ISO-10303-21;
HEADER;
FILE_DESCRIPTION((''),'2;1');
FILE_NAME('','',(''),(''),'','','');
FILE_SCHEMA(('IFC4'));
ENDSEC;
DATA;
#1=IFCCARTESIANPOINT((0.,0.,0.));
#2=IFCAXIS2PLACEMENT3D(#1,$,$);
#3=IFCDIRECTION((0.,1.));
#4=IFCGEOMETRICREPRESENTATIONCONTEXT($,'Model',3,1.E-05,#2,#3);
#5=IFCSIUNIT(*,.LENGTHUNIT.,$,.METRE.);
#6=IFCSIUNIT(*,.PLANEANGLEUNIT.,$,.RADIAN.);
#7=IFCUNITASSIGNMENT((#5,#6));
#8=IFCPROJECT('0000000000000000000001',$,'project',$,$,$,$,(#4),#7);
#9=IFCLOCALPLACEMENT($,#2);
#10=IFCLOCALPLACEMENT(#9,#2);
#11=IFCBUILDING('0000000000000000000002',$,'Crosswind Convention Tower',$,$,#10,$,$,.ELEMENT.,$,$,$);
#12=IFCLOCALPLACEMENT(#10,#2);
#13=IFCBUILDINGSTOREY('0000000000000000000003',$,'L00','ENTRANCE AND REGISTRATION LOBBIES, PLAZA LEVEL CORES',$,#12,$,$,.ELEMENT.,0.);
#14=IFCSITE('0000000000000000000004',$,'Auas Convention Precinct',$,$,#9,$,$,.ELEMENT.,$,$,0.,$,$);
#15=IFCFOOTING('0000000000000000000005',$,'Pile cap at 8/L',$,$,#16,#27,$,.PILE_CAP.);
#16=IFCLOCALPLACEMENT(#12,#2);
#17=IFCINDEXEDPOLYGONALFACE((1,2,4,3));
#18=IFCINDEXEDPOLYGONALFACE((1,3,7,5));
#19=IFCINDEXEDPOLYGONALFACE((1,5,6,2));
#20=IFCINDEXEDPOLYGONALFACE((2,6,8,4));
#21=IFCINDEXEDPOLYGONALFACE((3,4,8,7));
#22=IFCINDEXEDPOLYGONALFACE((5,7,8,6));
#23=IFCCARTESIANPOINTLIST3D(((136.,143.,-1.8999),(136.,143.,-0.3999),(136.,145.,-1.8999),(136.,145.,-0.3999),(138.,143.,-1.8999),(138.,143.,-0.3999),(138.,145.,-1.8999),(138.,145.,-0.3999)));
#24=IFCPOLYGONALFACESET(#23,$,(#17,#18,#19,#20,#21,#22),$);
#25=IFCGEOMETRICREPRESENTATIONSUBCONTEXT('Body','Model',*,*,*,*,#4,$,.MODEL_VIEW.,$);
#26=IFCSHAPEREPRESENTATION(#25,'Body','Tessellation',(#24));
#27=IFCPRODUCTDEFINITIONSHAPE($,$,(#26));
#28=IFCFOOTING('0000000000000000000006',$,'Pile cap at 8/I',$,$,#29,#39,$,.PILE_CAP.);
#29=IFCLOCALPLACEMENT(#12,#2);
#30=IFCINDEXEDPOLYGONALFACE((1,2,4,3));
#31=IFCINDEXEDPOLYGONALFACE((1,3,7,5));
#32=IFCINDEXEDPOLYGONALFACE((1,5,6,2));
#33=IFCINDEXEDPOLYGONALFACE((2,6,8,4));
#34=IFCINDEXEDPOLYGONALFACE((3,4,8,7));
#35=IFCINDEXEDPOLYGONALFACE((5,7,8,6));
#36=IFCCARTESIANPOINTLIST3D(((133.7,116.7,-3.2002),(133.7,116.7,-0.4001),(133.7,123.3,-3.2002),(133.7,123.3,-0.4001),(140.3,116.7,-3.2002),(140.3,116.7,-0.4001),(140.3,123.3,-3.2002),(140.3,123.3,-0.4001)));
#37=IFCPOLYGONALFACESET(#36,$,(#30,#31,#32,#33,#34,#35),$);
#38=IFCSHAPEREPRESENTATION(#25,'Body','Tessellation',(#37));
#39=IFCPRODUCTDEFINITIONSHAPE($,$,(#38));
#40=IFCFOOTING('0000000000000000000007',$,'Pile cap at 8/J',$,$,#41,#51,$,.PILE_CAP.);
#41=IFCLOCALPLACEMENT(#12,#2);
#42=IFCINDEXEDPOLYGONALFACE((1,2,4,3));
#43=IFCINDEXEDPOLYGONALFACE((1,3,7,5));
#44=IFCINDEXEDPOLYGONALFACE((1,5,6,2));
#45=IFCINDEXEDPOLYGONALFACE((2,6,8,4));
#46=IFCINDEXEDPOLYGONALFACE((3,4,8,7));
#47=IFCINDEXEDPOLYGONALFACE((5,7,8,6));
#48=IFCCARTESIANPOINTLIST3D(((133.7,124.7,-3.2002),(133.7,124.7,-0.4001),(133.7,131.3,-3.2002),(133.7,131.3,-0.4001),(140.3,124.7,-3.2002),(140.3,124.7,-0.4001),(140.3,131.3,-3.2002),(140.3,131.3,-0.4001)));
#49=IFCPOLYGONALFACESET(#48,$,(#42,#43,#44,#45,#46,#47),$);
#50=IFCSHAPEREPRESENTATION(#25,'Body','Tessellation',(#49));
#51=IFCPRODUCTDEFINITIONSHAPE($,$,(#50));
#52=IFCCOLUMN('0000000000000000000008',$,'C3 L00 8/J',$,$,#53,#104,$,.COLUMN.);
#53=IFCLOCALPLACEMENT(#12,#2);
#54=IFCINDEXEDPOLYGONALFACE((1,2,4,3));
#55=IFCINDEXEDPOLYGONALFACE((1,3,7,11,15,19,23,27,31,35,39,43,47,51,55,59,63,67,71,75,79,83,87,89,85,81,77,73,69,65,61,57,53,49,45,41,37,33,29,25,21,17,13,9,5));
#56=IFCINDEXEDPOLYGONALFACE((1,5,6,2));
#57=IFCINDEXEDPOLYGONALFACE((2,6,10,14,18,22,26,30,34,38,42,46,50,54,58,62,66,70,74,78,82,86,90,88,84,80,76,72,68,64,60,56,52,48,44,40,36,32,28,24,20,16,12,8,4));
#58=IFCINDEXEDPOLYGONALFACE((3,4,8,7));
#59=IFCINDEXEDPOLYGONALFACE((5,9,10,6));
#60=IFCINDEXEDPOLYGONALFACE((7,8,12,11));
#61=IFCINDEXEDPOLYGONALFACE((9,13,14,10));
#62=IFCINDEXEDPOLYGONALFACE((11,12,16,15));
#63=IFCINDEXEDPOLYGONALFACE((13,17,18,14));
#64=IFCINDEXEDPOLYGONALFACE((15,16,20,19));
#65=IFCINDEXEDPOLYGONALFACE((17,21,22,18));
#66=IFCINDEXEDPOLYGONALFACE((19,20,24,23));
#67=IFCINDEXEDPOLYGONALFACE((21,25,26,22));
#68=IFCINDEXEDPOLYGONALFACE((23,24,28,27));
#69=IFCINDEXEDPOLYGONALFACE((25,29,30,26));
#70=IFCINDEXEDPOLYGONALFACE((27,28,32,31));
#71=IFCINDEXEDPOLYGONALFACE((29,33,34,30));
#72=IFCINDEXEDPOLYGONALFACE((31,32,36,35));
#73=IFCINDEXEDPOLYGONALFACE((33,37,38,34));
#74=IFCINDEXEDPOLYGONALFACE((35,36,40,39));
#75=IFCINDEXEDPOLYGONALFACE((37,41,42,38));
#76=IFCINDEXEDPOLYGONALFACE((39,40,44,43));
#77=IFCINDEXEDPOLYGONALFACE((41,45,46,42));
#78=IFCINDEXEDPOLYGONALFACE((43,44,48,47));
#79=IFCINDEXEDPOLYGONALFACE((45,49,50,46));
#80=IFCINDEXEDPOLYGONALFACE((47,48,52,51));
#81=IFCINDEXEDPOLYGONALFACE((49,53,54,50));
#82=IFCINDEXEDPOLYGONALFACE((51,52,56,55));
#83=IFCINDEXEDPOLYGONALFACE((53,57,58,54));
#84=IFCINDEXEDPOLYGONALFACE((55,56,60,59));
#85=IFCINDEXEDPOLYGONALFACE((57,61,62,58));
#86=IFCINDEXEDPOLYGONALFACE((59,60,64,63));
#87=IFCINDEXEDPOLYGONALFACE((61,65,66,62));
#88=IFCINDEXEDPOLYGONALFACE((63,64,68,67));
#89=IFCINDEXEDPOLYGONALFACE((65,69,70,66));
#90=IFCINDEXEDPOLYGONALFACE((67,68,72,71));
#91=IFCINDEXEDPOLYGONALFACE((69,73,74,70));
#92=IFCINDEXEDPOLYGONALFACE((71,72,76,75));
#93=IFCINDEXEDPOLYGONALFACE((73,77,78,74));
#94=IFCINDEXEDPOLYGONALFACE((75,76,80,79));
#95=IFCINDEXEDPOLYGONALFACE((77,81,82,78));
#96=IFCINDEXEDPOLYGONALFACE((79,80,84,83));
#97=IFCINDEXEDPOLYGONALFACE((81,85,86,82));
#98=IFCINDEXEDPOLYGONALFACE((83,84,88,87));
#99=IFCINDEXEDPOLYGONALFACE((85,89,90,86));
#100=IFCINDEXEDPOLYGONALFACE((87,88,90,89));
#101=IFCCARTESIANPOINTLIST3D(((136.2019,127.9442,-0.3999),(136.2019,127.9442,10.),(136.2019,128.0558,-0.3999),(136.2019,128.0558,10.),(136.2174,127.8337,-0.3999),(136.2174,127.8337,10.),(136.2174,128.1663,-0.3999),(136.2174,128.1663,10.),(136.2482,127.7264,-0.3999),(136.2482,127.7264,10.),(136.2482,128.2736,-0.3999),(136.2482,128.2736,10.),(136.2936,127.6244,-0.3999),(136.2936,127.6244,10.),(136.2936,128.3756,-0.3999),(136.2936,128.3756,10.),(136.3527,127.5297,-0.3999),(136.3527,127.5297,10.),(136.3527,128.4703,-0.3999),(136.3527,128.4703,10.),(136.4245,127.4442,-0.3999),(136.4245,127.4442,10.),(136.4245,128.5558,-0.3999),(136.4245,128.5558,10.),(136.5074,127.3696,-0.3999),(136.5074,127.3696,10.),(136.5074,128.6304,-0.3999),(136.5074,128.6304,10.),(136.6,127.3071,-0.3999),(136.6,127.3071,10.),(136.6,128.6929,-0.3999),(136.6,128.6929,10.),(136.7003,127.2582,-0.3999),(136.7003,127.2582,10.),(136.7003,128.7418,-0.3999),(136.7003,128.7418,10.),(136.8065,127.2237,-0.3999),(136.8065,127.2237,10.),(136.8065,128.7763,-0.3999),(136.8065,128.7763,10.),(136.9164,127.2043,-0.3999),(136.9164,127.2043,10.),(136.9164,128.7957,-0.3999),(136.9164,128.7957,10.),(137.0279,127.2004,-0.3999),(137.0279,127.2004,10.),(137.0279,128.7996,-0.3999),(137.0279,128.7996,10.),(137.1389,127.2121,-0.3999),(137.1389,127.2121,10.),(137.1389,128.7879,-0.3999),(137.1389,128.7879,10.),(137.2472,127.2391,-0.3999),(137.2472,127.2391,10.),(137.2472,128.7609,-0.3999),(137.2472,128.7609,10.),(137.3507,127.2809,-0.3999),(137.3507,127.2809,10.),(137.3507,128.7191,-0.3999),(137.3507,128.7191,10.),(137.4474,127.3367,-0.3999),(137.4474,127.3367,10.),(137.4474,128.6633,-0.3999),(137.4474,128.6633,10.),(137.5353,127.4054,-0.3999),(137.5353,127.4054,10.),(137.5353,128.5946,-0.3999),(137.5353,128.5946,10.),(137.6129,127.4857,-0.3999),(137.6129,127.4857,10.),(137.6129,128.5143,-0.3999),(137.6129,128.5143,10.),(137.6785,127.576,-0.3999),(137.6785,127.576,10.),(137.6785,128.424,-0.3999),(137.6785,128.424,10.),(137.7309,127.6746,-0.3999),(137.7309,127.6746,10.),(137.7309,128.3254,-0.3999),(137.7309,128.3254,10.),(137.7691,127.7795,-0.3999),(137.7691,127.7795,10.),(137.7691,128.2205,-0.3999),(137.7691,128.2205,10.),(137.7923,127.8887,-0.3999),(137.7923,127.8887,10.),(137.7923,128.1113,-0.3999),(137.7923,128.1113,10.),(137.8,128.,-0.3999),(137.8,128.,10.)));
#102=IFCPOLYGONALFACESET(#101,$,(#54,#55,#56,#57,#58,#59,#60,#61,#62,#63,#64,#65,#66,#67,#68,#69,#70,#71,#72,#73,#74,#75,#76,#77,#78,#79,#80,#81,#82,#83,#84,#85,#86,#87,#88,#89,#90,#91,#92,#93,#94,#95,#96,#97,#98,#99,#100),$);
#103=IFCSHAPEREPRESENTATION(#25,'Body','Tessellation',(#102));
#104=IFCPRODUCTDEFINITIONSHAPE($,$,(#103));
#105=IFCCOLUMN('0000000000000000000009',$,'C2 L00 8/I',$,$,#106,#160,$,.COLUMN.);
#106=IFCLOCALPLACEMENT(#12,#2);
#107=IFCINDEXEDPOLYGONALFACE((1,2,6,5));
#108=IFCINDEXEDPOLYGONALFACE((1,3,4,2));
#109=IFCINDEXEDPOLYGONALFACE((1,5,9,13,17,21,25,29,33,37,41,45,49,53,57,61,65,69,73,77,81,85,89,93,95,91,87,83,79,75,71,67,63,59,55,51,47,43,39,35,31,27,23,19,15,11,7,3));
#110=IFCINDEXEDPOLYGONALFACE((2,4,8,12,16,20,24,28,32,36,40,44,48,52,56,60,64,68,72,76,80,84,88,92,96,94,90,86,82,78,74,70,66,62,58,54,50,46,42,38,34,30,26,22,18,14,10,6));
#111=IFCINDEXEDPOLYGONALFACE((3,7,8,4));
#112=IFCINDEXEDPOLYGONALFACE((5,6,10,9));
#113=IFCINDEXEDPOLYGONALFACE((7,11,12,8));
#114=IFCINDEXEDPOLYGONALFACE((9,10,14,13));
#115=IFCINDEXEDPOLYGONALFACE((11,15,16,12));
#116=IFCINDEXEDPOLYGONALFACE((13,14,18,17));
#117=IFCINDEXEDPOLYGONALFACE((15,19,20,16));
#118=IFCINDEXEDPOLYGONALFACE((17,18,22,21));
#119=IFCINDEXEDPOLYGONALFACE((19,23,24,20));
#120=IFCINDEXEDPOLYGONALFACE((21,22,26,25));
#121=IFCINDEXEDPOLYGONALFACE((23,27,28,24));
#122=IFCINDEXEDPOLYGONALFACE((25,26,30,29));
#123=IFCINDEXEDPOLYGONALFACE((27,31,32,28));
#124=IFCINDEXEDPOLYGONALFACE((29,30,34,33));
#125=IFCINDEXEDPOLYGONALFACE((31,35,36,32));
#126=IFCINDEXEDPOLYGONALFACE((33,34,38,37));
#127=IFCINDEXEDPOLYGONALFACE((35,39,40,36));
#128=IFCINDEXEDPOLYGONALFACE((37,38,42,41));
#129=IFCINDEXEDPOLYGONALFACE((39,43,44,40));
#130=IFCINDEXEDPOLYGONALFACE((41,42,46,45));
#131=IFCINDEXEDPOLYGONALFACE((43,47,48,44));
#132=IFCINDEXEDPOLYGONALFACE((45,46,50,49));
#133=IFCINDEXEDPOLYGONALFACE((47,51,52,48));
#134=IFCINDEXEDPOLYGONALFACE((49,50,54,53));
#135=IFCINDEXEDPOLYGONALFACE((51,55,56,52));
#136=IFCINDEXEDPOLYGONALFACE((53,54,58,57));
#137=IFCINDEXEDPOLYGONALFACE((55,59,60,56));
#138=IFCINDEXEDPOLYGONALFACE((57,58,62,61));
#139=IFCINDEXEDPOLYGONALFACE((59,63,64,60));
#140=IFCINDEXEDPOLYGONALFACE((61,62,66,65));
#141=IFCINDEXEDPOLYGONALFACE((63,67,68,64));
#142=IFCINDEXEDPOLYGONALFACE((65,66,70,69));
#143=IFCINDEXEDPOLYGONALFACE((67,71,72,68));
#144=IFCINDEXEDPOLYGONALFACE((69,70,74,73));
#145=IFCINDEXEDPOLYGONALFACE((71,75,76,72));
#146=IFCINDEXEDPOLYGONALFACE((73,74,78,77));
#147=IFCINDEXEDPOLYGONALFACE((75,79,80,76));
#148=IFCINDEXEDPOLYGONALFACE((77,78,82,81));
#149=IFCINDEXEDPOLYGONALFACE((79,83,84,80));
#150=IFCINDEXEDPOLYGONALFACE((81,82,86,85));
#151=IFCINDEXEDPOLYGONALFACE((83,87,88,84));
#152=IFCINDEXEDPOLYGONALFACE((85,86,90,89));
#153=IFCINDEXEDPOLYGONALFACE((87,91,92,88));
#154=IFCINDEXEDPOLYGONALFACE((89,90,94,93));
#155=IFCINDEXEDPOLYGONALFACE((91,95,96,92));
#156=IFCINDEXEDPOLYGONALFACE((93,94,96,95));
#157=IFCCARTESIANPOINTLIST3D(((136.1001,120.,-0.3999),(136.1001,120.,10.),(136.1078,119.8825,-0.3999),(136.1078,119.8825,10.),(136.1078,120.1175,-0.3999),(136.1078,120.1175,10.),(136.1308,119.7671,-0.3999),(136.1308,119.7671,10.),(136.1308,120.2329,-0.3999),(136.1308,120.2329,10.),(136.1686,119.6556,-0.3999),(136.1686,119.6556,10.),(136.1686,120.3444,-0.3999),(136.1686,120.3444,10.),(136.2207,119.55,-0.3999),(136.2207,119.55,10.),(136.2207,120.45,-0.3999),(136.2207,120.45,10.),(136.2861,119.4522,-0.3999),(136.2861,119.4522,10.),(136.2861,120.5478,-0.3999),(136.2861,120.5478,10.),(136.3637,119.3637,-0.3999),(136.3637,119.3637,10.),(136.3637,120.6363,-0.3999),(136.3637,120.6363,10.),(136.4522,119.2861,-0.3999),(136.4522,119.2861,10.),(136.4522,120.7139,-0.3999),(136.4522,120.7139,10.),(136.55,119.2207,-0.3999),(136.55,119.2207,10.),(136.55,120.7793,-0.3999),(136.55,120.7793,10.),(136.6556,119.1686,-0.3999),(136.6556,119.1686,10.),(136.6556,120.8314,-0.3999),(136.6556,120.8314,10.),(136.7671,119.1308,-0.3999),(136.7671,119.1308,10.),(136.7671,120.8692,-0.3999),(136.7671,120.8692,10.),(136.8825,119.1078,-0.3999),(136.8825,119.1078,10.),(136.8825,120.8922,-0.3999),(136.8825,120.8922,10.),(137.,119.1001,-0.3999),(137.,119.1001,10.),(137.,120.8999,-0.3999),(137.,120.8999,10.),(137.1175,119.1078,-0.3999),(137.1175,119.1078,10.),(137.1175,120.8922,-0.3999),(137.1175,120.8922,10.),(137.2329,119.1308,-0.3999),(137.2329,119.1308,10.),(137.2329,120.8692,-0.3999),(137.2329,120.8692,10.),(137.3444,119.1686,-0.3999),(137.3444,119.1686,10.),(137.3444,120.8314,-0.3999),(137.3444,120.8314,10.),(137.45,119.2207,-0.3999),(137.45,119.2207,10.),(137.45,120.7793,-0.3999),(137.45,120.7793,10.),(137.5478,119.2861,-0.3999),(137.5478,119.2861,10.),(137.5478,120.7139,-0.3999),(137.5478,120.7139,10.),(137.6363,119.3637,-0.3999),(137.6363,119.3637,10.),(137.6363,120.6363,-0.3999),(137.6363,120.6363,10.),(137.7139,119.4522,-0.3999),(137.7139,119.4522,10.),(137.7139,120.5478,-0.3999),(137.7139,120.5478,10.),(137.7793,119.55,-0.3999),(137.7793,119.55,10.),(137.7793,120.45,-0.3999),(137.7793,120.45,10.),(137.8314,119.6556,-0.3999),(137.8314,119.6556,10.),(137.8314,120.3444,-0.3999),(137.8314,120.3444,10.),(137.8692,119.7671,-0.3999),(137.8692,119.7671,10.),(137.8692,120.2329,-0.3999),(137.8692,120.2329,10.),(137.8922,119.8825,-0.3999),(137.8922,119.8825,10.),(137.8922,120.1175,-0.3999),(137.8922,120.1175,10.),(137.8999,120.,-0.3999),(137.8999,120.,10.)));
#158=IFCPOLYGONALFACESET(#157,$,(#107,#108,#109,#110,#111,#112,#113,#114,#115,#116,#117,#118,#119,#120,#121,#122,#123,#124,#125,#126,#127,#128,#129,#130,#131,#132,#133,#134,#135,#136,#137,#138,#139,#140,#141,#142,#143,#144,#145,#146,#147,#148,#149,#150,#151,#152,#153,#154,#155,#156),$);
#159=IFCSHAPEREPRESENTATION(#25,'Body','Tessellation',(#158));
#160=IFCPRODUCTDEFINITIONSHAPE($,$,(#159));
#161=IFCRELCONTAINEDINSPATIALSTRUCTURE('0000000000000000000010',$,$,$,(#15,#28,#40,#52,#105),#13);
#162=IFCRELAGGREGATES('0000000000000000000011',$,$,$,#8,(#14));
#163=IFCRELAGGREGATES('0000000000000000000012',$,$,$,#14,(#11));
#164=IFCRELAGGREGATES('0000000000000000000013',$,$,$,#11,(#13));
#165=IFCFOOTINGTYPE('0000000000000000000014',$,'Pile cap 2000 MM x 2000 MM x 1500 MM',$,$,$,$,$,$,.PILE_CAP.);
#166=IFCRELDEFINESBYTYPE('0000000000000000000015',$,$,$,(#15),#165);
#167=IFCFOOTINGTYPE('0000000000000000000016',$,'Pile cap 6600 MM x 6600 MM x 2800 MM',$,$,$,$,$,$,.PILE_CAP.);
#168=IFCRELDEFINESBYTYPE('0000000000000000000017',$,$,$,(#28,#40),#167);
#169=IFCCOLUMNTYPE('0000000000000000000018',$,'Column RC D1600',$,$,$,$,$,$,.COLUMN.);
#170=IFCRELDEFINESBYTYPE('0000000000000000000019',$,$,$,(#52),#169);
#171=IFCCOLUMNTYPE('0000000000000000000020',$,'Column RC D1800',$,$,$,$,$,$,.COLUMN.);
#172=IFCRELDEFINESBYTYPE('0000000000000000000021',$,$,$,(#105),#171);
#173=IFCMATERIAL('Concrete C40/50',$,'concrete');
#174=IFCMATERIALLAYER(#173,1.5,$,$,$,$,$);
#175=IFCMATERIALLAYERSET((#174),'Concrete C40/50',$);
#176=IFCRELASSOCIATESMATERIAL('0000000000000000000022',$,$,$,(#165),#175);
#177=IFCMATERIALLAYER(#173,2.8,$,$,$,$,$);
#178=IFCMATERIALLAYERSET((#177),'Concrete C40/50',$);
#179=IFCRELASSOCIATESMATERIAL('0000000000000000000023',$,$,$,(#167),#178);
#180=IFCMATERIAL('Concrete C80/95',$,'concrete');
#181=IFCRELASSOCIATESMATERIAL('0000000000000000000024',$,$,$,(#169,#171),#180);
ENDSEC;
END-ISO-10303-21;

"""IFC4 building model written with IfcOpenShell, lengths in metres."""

from ifc_helpers import new_model, si_unit, direction, frame, origin, origin_2d, place, context, subcontext, project, spatial, rectangle, circle, extrude, material, layer, layer_set, material_profile, profile_set, type_object, element, save


model = new_model("IFC4")

# Units and contexts
model_context = context("Model", 3, precision=1e-05, world=origin(), true_north=direction((0.0, 1.0)))
body_context = subcontext(model_context, "Body", "Model", "MODEL_VIEW")
ifc_project = project(units=[si_unit("LENGTHUNIT", "METRE"), si_unit("PLANEANGLEUNIT", "RADIAN")], contexts=[model_context])

# Site, building, storey
site_placement = place(None, origin())
site = spatial("IfcSite", under=ifc_project, at=site_placement, Name="Auas Convention Precinct", CompositionType="ELEMENT", RefElevation=0.0)
building_placement = place(site_placement, origin())
building = spatial("IfcBuilding", under=site, at=building_placement, Name="Crosswind Convention Tower", CompositionType="ELEMENT")
storey_placement = place(building_placement, origin())
storey = spatial("IfcBuildingStorey", under=building, at=storey_placement, Name="L00", Description="ENTRANCE AND REGISTRATION LOBBIES, PLAZA LEVEL CORES", CompositionType="ELEMENT", Elevation=0.0)

# Shared definitions
ifc_material_1 = material(Name="Concrete C40/50", Category="concrete")

# Footings
ifc_layer_1 = layer(ifc_material_1, 1.5)
ifc_layer_set_1 = layer_set([ifc_layer_1], Name="Concrete C40/50")
footing_type_1 = type_object("IfcFootingType", Name="Pile cap 2000 MM x 2000 MM x 1500 MM", PredefinedType="PILE_CAP", material=ifc_layer_set_1)
footing_1_placement = place(storey_placement, frame((137.0, 144.0, -1.8999), z_axis=(0.0, 0.0, 1.0), x_axis=(1.0, 0.0, 0.0)))
element("IfcFooting", 1, at=footing_1_placement, inside=storey, type_object=footing_type_1, Name="Pile cap at 8/L", PredefinedType="PILE_CAP", context=body_context, shape_type="SweptSolid", body=[
    extrude(rectangle(XDim=2.0, YDim=2.0, at=origin_2d()), origin(), (0.0, 0.0, 1.0), 1.5),
])
ifc_layer_2 = layer(ifc_material_1, 2.8)
ifc_layer_set_2 = layer_set([ifc_layer_2], Name="Concrete C40/50")
footing_type_2 = type_object("IfcFootingType", Name="Pile cap 6600 MM x 6600 MM x 2800 MM", PredefinedType="PILE_CAP", material=ifc_layer_set_2)
for number, where, z_axis, x_axis, name in (
    (2, (137.0, 120.0, -3.2002), (0.0, 0.0, 1.0), (1.0, 0.0, 0.0), "Pile cap at 8/I"),
    (3, (137.0, 128.0, -3.2002), (0.0, 0.0, 1.0), (1.0, 0.0, 0.0), "Pile cap at 8/J"),
):
    element("IfcFooting", number, at=place(storey_placement, frame(where, z_axis=z_axis, x_axis=x_axis)), inside=storey, type_object=footing_type_2, Name=name, PredefinedType="PILE_CAP", context=body_context, shape_type="SweptSolid", body=[
        extrude(rectangle(XDim=6.6001, YDim=6.6001, at=origin_2d()), origin(), (0.0, 0.0, 1.0), 2.8),
    ])

# Columns
ifc_material_2 = material(Name="Concrete C80/95", Category="concrete")
ifc_material_profile_1 = material_profile(ifc_material_2, circle(Radius=0.8, at=origin_2d()), Name="RC D1600")
ifc_profile_set_1 = profile_set([ifc_material_profile_1], Name="Concrete C80/95")
column_type_1 = type_object("IfcColumnType", Name="Column RC D1600", PredefinedType="COLUMN", material=ifc_profile_set_1)
column_1_placement = place(storey_placement, frame((137.0, 128.0, -0.3999), z_axis=(0.0, 0.0, 1.0), x_axis=(1.0, 0.0, 0.0)))
element("IfcColumn", 4, at=column_1_placement, inside=storey, type_object=column_type_1, Name="C3 L00 8/J", PredefinedType="COLUMN", context=body_context, shape_type="SweptSolid", body=[
    extrude(circle(Radius=0.8, at=origin_2d()), origin(), (0.0, 0.0, 1.0), 10.3999),
])
ifc_material_profile_2 = material_profile(ifc_material_2, circle(Radius=0.8999, at=origin_2d()), Name="RC D1800")
ifc_profile_set_2 = profile_set([ifc_material_profile_2], Name="Concrete C80/95")
column_type_2 = type_object("IfcColumnType", Name="Column RC D1800", PredefinedType="COLUMN", material=ifc_profile_set_2)
column_2_placement = place(storey_placement, frame((137.0, 120.0, -0.3999), z_axis=(0.0, 0.0, 1.0), x_axis=(1.0, 0.0, 0.0)))
element("IfcColumn", 5, at=column_2_placement, inside=storey, type_object=column_type_2, Name="C2 L00 8/I", PredefinedType="COLUMN", context=body_context, shape_type="SweptSolid", body=[
    extrude(circle(Radius=0.8999, at=origin_2d()), origin(), (0.0, 0.0, 1.0), 10.3999),
])

save(model, "model.ifc")
